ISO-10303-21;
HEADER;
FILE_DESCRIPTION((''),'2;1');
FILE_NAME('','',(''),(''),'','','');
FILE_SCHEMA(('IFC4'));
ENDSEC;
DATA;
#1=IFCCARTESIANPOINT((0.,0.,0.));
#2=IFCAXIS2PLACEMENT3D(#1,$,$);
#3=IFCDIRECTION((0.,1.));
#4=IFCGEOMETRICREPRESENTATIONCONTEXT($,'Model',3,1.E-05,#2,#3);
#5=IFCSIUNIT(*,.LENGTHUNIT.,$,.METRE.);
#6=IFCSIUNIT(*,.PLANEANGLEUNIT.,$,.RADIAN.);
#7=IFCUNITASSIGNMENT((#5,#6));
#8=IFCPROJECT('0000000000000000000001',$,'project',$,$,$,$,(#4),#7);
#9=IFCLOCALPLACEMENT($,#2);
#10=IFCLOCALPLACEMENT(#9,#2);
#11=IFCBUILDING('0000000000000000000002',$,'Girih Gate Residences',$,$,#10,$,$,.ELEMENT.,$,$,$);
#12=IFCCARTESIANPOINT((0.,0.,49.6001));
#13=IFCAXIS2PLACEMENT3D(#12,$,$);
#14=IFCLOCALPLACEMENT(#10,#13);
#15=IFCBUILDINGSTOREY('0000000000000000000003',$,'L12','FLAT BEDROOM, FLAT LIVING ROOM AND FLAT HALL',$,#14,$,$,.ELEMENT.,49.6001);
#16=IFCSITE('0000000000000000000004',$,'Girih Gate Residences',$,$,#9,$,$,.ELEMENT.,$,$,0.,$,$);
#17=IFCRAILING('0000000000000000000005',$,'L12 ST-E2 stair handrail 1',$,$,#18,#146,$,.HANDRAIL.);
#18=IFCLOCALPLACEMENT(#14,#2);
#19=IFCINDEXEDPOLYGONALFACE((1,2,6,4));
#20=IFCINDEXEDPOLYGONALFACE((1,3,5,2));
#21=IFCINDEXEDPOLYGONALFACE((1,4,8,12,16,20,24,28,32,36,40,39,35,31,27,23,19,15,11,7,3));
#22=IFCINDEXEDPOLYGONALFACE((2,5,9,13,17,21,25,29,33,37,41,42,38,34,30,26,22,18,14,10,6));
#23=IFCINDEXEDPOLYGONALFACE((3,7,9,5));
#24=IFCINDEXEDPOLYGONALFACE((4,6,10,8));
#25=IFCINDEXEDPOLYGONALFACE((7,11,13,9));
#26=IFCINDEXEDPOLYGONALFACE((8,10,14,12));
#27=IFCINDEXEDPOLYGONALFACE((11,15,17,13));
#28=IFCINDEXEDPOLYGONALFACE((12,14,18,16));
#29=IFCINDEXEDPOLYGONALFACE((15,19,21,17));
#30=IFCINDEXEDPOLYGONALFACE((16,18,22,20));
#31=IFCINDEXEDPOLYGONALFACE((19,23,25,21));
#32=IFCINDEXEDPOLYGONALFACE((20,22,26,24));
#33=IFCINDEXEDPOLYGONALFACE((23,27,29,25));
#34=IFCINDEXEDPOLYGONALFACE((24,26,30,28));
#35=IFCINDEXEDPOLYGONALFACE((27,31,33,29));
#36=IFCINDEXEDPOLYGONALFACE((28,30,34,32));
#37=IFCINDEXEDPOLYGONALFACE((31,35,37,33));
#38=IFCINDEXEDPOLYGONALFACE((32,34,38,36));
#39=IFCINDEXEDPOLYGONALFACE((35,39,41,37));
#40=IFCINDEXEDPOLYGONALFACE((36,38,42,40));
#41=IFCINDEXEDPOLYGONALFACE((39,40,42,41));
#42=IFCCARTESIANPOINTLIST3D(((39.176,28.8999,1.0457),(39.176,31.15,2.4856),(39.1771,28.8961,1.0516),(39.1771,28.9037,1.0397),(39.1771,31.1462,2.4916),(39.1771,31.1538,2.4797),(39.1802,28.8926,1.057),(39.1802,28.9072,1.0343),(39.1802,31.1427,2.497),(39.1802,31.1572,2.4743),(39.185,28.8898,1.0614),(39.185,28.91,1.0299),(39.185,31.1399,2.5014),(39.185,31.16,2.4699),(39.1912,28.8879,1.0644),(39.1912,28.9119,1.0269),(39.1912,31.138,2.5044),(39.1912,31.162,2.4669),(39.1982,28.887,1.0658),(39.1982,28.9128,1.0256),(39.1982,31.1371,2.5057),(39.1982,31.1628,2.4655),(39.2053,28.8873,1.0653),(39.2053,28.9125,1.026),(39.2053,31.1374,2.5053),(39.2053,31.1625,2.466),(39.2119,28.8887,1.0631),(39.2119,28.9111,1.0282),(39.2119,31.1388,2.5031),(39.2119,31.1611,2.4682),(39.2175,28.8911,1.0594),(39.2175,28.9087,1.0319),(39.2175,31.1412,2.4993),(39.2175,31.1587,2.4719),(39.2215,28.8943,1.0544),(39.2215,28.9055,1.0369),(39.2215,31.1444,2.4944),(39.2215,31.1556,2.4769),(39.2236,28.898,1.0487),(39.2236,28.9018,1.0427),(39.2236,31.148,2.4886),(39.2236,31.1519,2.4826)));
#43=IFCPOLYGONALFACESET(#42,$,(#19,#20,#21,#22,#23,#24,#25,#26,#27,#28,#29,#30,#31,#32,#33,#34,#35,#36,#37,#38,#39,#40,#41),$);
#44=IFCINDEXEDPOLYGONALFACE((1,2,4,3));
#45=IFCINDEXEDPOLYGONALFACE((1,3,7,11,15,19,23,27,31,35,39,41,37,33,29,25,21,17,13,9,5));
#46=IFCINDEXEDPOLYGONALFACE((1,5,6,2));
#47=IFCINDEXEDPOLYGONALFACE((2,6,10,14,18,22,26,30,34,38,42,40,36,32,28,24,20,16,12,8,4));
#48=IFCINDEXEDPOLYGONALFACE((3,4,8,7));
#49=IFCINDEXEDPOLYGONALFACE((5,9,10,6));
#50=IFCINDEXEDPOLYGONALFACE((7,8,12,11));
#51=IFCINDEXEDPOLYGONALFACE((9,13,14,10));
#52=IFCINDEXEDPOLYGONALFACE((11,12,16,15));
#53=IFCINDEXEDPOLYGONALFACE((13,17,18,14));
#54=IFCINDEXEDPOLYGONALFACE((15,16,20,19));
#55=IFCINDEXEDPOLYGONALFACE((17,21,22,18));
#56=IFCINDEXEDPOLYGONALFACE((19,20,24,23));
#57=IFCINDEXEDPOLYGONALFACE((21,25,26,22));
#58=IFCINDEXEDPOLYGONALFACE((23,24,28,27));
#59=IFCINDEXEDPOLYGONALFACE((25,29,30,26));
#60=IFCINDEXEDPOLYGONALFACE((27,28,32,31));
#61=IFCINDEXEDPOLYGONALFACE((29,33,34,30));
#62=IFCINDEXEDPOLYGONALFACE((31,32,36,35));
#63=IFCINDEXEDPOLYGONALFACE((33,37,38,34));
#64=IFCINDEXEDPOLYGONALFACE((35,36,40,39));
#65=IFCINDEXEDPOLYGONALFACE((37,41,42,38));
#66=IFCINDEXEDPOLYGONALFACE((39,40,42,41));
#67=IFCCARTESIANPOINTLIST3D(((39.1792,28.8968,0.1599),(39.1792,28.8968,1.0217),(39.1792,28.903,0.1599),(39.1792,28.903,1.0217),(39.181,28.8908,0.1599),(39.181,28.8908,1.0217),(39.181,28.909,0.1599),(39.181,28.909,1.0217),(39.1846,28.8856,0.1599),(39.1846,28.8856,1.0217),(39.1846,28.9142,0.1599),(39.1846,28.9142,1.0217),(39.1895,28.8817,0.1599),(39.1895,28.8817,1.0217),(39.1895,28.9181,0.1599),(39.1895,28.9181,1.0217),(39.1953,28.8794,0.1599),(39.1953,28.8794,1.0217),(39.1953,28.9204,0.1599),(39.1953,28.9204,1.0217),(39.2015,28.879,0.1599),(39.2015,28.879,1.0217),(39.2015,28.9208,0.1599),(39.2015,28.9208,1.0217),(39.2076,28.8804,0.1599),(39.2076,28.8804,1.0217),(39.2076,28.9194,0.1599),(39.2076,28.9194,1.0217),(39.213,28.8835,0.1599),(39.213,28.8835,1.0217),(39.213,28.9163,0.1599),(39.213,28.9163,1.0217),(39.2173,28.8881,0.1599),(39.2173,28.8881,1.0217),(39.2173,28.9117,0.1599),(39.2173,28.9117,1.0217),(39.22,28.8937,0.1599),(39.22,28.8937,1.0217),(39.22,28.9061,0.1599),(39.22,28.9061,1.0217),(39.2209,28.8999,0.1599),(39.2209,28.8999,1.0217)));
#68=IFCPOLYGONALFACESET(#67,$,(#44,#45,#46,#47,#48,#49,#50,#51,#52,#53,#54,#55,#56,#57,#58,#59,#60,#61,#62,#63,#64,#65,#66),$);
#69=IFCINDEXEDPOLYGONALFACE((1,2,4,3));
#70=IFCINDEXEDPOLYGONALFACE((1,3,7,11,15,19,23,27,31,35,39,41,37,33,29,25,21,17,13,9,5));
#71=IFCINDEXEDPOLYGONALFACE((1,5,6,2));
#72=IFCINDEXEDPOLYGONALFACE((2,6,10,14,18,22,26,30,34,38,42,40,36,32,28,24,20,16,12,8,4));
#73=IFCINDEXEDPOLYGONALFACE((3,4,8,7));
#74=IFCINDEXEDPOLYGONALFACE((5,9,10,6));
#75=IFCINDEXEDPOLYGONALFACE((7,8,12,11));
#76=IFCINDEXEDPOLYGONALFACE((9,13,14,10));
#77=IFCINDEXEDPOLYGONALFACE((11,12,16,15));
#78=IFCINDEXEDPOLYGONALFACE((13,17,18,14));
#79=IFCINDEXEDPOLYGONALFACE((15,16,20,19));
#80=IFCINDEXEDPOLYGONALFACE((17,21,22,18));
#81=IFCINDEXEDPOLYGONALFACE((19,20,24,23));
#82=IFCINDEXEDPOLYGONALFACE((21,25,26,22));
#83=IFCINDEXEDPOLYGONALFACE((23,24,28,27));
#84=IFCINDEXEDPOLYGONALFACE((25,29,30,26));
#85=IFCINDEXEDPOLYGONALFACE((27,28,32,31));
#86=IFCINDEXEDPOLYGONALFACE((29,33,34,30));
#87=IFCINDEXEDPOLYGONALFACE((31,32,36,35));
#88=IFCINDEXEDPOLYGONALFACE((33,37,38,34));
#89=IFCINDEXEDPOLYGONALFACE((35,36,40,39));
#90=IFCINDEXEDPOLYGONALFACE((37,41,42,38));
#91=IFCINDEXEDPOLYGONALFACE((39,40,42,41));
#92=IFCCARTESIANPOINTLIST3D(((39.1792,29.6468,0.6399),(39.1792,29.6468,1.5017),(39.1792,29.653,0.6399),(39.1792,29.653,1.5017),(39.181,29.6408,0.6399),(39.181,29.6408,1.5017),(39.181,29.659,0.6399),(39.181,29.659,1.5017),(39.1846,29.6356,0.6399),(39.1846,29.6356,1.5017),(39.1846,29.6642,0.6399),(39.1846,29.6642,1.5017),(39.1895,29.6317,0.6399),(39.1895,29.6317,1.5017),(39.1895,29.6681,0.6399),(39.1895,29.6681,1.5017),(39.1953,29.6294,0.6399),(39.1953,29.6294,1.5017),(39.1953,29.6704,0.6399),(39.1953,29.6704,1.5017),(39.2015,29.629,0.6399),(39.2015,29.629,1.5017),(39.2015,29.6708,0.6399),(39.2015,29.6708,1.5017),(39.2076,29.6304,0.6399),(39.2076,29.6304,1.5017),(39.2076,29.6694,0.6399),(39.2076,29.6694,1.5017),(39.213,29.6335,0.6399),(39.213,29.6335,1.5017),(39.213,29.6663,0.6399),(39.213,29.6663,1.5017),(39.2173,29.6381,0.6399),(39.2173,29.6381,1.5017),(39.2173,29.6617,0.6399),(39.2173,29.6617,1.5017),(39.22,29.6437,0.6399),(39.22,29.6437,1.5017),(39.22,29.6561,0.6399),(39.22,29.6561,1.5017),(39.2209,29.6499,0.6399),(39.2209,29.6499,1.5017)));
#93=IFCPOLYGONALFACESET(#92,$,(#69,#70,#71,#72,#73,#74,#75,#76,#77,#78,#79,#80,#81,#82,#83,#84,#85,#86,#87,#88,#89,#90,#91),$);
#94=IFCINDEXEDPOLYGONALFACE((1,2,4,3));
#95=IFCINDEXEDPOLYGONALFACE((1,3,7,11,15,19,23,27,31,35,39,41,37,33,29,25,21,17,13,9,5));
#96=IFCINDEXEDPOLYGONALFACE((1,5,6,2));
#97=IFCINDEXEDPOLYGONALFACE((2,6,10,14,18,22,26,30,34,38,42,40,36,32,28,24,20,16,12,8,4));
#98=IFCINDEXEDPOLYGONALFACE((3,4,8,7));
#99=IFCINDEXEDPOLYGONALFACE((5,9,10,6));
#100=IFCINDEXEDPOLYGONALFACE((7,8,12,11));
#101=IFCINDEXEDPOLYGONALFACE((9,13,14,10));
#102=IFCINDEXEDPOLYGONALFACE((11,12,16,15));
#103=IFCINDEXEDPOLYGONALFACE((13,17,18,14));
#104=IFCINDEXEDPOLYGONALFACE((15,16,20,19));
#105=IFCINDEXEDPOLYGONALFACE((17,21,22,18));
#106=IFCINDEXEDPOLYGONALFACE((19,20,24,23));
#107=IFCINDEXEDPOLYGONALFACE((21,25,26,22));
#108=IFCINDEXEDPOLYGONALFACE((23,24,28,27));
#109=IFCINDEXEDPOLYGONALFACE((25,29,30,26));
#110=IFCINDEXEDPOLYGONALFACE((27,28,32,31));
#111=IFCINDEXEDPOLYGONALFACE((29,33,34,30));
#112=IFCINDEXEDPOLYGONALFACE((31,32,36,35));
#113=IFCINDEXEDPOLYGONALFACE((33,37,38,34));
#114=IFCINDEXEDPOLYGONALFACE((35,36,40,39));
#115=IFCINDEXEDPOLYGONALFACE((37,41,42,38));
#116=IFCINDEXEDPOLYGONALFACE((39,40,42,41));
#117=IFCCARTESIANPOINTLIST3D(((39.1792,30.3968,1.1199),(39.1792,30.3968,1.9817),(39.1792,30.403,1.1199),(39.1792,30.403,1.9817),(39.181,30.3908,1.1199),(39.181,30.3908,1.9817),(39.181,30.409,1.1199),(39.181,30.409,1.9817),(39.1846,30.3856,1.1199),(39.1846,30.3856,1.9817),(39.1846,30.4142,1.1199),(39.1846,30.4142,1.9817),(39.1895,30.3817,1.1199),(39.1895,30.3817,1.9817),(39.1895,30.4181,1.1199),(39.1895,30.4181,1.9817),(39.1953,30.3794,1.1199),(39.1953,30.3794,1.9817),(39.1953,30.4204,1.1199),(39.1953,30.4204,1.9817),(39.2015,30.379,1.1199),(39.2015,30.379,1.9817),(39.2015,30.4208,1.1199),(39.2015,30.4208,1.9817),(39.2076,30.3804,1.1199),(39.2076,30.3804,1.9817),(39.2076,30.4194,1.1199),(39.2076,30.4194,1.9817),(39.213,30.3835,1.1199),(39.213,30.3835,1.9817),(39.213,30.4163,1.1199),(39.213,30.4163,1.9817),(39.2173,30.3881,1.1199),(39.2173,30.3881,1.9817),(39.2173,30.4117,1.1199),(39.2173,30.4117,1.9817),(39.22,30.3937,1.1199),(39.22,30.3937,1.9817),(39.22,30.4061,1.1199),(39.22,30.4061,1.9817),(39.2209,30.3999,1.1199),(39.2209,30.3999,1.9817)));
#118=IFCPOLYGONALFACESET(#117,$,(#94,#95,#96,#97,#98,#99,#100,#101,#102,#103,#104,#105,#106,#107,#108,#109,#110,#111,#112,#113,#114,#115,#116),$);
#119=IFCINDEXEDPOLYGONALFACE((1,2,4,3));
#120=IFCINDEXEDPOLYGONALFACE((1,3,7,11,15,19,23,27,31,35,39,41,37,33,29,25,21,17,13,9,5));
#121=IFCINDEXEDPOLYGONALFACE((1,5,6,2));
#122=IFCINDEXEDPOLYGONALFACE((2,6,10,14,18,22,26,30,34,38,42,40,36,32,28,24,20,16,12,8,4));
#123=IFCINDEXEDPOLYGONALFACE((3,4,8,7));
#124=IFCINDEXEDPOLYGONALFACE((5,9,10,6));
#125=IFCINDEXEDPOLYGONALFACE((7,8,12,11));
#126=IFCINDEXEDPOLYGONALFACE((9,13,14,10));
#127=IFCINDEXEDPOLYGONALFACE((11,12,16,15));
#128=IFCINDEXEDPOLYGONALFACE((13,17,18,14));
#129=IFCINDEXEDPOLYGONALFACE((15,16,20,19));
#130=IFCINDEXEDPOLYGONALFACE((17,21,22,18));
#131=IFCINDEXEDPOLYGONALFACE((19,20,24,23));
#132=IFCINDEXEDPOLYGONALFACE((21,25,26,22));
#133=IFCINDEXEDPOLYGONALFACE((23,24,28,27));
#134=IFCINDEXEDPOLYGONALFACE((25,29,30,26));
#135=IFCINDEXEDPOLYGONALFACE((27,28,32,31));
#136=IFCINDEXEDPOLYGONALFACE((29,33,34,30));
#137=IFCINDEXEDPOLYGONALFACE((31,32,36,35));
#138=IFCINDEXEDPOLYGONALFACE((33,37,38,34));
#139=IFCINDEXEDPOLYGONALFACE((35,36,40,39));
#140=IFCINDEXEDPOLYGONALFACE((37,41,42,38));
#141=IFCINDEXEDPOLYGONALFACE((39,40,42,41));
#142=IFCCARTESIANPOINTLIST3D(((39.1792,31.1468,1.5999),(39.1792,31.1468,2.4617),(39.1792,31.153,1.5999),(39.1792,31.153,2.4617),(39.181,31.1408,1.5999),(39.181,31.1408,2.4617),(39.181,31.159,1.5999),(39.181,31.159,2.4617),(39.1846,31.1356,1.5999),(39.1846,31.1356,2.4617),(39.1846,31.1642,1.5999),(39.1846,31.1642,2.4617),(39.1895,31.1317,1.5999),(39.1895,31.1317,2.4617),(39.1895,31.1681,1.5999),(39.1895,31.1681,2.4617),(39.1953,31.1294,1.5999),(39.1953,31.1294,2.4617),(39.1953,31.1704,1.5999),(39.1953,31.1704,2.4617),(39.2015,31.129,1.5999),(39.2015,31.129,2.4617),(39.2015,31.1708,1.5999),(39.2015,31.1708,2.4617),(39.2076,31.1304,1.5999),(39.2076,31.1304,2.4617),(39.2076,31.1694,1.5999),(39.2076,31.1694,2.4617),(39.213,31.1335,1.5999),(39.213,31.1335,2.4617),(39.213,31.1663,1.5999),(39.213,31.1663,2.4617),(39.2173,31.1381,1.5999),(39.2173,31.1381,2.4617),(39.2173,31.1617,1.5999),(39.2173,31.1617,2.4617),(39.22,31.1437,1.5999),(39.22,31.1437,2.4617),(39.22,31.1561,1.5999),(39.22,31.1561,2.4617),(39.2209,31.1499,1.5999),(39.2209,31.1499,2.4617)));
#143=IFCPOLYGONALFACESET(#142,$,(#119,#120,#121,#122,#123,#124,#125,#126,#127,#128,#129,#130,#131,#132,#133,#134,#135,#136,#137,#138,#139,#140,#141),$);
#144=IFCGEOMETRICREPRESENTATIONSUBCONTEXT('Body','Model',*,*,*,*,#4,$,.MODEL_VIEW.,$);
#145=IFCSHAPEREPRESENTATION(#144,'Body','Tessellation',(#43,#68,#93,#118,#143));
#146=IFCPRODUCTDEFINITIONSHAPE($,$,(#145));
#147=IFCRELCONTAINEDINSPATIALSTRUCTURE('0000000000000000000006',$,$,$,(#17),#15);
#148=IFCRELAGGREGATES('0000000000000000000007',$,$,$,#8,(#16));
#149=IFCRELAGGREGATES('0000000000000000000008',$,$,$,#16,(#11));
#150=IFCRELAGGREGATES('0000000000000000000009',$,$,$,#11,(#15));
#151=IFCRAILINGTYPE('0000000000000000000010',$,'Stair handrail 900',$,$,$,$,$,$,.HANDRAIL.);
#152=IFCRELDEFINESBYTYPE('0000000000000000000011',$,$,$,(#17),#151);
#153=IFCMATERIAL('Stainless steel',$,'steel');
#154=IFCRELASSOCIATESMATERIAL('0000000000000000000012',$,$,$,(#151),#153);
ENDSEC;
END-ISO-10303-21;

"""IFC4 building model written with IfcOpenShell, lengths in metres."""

from ifc_helpers import new_model, si_unit, direction, frame, origin, origin_2d, place, context, subcontext, project, spatial, circle, extrude, material, type_object, element, save


model = new_model("IFC4")

# Units and contexts
model_context = context("Model", 3, precision=1e-05, world=origin(), true_north=direction((0.0, 1.0)))
body_context = subcontext(model_context, "Body", "Model", "MODEL_VIEW")
ifc_project = project(units=[si_unit("LENGTHUNIT", "METRE"), si_unit("PLANEANGLEUNIT", "RADIAN")], contexts=[model_context])

# Site, building, storey
site_placement = place(None, origin())
site = spatial("IfcSite", under=ifc_project, at=site_placement, Name="Girih Gate Residences", CompositionType="ELEMENT", RefElevation=0.0)
building_placement = place(site_placement, origin())
building = spatial("IfcBuilding", under=site, at=building_placement, Name="Girih Gate Residences", CompositionType="ELEMENT")
storey_placement = place(building_placement, frame((0.0, 0.0, 49.6001)))
storey = spatial("IfcBuildingStorey", under=building, at=storey_placement, Name="L12", Description="FLAT BEDROOM, FLAT LIVING ROOM AND FLAT HALL", CompositionType="ELEMENT", Elevation=49.6001)

# Railing
ifc_material_1 = material(Name="Stainless steel", Category="steel")
railing_type_1 = type_object("IfcRailingType", Name="Stair handrail 900", PredefinedType="HANDRAIL", material=ifc_material_1)
railing_1_placement = place(storey_placement, frame((39.2, 28.8999, 0.1599)))
element("IfcRailing", 1, at=railing_1_placement, inside=storey, type_object=railing_type_1, Name="L12 ST-E2 stair handrail 1", PredefinedType="HANDRAIL", context=body_context, shape_type="SweptSolid", body=[
    extrude(circle(Radius=0.0239, at=origin_2d()), frame((0.0, 0.0, 0.8857), z_axis=(0.0, 0.842281, 0.539038), x_axis=(-1.0, 0.0, 0.0)), (0.0, 0.0, 1.0), 2.6714),
    extrude(circle(Radius=0.021, at=origin_2d()), origin(), (0.0, 0.0, 1.0), 0.8618),
    extrude(circle(Radius=0.021, at=origin_2d()), frame((0.0, 0.75, 0.48)), (0.0, 0.0, 1.0), 0.8618),
    extrude(circle(Radius=0.021, at=origin_2d()), frame((0.0, 1.5, 0.96)), (0.0, 0.0, 1.0), 0.8618),
    extrude(circle(Radius=0.021, at=origin_2d()), frame((0.0, 2.25, 1.4399)), (0.0, 0.0, 1.0), 0.8618),
])

save(model, "model.ifc")
